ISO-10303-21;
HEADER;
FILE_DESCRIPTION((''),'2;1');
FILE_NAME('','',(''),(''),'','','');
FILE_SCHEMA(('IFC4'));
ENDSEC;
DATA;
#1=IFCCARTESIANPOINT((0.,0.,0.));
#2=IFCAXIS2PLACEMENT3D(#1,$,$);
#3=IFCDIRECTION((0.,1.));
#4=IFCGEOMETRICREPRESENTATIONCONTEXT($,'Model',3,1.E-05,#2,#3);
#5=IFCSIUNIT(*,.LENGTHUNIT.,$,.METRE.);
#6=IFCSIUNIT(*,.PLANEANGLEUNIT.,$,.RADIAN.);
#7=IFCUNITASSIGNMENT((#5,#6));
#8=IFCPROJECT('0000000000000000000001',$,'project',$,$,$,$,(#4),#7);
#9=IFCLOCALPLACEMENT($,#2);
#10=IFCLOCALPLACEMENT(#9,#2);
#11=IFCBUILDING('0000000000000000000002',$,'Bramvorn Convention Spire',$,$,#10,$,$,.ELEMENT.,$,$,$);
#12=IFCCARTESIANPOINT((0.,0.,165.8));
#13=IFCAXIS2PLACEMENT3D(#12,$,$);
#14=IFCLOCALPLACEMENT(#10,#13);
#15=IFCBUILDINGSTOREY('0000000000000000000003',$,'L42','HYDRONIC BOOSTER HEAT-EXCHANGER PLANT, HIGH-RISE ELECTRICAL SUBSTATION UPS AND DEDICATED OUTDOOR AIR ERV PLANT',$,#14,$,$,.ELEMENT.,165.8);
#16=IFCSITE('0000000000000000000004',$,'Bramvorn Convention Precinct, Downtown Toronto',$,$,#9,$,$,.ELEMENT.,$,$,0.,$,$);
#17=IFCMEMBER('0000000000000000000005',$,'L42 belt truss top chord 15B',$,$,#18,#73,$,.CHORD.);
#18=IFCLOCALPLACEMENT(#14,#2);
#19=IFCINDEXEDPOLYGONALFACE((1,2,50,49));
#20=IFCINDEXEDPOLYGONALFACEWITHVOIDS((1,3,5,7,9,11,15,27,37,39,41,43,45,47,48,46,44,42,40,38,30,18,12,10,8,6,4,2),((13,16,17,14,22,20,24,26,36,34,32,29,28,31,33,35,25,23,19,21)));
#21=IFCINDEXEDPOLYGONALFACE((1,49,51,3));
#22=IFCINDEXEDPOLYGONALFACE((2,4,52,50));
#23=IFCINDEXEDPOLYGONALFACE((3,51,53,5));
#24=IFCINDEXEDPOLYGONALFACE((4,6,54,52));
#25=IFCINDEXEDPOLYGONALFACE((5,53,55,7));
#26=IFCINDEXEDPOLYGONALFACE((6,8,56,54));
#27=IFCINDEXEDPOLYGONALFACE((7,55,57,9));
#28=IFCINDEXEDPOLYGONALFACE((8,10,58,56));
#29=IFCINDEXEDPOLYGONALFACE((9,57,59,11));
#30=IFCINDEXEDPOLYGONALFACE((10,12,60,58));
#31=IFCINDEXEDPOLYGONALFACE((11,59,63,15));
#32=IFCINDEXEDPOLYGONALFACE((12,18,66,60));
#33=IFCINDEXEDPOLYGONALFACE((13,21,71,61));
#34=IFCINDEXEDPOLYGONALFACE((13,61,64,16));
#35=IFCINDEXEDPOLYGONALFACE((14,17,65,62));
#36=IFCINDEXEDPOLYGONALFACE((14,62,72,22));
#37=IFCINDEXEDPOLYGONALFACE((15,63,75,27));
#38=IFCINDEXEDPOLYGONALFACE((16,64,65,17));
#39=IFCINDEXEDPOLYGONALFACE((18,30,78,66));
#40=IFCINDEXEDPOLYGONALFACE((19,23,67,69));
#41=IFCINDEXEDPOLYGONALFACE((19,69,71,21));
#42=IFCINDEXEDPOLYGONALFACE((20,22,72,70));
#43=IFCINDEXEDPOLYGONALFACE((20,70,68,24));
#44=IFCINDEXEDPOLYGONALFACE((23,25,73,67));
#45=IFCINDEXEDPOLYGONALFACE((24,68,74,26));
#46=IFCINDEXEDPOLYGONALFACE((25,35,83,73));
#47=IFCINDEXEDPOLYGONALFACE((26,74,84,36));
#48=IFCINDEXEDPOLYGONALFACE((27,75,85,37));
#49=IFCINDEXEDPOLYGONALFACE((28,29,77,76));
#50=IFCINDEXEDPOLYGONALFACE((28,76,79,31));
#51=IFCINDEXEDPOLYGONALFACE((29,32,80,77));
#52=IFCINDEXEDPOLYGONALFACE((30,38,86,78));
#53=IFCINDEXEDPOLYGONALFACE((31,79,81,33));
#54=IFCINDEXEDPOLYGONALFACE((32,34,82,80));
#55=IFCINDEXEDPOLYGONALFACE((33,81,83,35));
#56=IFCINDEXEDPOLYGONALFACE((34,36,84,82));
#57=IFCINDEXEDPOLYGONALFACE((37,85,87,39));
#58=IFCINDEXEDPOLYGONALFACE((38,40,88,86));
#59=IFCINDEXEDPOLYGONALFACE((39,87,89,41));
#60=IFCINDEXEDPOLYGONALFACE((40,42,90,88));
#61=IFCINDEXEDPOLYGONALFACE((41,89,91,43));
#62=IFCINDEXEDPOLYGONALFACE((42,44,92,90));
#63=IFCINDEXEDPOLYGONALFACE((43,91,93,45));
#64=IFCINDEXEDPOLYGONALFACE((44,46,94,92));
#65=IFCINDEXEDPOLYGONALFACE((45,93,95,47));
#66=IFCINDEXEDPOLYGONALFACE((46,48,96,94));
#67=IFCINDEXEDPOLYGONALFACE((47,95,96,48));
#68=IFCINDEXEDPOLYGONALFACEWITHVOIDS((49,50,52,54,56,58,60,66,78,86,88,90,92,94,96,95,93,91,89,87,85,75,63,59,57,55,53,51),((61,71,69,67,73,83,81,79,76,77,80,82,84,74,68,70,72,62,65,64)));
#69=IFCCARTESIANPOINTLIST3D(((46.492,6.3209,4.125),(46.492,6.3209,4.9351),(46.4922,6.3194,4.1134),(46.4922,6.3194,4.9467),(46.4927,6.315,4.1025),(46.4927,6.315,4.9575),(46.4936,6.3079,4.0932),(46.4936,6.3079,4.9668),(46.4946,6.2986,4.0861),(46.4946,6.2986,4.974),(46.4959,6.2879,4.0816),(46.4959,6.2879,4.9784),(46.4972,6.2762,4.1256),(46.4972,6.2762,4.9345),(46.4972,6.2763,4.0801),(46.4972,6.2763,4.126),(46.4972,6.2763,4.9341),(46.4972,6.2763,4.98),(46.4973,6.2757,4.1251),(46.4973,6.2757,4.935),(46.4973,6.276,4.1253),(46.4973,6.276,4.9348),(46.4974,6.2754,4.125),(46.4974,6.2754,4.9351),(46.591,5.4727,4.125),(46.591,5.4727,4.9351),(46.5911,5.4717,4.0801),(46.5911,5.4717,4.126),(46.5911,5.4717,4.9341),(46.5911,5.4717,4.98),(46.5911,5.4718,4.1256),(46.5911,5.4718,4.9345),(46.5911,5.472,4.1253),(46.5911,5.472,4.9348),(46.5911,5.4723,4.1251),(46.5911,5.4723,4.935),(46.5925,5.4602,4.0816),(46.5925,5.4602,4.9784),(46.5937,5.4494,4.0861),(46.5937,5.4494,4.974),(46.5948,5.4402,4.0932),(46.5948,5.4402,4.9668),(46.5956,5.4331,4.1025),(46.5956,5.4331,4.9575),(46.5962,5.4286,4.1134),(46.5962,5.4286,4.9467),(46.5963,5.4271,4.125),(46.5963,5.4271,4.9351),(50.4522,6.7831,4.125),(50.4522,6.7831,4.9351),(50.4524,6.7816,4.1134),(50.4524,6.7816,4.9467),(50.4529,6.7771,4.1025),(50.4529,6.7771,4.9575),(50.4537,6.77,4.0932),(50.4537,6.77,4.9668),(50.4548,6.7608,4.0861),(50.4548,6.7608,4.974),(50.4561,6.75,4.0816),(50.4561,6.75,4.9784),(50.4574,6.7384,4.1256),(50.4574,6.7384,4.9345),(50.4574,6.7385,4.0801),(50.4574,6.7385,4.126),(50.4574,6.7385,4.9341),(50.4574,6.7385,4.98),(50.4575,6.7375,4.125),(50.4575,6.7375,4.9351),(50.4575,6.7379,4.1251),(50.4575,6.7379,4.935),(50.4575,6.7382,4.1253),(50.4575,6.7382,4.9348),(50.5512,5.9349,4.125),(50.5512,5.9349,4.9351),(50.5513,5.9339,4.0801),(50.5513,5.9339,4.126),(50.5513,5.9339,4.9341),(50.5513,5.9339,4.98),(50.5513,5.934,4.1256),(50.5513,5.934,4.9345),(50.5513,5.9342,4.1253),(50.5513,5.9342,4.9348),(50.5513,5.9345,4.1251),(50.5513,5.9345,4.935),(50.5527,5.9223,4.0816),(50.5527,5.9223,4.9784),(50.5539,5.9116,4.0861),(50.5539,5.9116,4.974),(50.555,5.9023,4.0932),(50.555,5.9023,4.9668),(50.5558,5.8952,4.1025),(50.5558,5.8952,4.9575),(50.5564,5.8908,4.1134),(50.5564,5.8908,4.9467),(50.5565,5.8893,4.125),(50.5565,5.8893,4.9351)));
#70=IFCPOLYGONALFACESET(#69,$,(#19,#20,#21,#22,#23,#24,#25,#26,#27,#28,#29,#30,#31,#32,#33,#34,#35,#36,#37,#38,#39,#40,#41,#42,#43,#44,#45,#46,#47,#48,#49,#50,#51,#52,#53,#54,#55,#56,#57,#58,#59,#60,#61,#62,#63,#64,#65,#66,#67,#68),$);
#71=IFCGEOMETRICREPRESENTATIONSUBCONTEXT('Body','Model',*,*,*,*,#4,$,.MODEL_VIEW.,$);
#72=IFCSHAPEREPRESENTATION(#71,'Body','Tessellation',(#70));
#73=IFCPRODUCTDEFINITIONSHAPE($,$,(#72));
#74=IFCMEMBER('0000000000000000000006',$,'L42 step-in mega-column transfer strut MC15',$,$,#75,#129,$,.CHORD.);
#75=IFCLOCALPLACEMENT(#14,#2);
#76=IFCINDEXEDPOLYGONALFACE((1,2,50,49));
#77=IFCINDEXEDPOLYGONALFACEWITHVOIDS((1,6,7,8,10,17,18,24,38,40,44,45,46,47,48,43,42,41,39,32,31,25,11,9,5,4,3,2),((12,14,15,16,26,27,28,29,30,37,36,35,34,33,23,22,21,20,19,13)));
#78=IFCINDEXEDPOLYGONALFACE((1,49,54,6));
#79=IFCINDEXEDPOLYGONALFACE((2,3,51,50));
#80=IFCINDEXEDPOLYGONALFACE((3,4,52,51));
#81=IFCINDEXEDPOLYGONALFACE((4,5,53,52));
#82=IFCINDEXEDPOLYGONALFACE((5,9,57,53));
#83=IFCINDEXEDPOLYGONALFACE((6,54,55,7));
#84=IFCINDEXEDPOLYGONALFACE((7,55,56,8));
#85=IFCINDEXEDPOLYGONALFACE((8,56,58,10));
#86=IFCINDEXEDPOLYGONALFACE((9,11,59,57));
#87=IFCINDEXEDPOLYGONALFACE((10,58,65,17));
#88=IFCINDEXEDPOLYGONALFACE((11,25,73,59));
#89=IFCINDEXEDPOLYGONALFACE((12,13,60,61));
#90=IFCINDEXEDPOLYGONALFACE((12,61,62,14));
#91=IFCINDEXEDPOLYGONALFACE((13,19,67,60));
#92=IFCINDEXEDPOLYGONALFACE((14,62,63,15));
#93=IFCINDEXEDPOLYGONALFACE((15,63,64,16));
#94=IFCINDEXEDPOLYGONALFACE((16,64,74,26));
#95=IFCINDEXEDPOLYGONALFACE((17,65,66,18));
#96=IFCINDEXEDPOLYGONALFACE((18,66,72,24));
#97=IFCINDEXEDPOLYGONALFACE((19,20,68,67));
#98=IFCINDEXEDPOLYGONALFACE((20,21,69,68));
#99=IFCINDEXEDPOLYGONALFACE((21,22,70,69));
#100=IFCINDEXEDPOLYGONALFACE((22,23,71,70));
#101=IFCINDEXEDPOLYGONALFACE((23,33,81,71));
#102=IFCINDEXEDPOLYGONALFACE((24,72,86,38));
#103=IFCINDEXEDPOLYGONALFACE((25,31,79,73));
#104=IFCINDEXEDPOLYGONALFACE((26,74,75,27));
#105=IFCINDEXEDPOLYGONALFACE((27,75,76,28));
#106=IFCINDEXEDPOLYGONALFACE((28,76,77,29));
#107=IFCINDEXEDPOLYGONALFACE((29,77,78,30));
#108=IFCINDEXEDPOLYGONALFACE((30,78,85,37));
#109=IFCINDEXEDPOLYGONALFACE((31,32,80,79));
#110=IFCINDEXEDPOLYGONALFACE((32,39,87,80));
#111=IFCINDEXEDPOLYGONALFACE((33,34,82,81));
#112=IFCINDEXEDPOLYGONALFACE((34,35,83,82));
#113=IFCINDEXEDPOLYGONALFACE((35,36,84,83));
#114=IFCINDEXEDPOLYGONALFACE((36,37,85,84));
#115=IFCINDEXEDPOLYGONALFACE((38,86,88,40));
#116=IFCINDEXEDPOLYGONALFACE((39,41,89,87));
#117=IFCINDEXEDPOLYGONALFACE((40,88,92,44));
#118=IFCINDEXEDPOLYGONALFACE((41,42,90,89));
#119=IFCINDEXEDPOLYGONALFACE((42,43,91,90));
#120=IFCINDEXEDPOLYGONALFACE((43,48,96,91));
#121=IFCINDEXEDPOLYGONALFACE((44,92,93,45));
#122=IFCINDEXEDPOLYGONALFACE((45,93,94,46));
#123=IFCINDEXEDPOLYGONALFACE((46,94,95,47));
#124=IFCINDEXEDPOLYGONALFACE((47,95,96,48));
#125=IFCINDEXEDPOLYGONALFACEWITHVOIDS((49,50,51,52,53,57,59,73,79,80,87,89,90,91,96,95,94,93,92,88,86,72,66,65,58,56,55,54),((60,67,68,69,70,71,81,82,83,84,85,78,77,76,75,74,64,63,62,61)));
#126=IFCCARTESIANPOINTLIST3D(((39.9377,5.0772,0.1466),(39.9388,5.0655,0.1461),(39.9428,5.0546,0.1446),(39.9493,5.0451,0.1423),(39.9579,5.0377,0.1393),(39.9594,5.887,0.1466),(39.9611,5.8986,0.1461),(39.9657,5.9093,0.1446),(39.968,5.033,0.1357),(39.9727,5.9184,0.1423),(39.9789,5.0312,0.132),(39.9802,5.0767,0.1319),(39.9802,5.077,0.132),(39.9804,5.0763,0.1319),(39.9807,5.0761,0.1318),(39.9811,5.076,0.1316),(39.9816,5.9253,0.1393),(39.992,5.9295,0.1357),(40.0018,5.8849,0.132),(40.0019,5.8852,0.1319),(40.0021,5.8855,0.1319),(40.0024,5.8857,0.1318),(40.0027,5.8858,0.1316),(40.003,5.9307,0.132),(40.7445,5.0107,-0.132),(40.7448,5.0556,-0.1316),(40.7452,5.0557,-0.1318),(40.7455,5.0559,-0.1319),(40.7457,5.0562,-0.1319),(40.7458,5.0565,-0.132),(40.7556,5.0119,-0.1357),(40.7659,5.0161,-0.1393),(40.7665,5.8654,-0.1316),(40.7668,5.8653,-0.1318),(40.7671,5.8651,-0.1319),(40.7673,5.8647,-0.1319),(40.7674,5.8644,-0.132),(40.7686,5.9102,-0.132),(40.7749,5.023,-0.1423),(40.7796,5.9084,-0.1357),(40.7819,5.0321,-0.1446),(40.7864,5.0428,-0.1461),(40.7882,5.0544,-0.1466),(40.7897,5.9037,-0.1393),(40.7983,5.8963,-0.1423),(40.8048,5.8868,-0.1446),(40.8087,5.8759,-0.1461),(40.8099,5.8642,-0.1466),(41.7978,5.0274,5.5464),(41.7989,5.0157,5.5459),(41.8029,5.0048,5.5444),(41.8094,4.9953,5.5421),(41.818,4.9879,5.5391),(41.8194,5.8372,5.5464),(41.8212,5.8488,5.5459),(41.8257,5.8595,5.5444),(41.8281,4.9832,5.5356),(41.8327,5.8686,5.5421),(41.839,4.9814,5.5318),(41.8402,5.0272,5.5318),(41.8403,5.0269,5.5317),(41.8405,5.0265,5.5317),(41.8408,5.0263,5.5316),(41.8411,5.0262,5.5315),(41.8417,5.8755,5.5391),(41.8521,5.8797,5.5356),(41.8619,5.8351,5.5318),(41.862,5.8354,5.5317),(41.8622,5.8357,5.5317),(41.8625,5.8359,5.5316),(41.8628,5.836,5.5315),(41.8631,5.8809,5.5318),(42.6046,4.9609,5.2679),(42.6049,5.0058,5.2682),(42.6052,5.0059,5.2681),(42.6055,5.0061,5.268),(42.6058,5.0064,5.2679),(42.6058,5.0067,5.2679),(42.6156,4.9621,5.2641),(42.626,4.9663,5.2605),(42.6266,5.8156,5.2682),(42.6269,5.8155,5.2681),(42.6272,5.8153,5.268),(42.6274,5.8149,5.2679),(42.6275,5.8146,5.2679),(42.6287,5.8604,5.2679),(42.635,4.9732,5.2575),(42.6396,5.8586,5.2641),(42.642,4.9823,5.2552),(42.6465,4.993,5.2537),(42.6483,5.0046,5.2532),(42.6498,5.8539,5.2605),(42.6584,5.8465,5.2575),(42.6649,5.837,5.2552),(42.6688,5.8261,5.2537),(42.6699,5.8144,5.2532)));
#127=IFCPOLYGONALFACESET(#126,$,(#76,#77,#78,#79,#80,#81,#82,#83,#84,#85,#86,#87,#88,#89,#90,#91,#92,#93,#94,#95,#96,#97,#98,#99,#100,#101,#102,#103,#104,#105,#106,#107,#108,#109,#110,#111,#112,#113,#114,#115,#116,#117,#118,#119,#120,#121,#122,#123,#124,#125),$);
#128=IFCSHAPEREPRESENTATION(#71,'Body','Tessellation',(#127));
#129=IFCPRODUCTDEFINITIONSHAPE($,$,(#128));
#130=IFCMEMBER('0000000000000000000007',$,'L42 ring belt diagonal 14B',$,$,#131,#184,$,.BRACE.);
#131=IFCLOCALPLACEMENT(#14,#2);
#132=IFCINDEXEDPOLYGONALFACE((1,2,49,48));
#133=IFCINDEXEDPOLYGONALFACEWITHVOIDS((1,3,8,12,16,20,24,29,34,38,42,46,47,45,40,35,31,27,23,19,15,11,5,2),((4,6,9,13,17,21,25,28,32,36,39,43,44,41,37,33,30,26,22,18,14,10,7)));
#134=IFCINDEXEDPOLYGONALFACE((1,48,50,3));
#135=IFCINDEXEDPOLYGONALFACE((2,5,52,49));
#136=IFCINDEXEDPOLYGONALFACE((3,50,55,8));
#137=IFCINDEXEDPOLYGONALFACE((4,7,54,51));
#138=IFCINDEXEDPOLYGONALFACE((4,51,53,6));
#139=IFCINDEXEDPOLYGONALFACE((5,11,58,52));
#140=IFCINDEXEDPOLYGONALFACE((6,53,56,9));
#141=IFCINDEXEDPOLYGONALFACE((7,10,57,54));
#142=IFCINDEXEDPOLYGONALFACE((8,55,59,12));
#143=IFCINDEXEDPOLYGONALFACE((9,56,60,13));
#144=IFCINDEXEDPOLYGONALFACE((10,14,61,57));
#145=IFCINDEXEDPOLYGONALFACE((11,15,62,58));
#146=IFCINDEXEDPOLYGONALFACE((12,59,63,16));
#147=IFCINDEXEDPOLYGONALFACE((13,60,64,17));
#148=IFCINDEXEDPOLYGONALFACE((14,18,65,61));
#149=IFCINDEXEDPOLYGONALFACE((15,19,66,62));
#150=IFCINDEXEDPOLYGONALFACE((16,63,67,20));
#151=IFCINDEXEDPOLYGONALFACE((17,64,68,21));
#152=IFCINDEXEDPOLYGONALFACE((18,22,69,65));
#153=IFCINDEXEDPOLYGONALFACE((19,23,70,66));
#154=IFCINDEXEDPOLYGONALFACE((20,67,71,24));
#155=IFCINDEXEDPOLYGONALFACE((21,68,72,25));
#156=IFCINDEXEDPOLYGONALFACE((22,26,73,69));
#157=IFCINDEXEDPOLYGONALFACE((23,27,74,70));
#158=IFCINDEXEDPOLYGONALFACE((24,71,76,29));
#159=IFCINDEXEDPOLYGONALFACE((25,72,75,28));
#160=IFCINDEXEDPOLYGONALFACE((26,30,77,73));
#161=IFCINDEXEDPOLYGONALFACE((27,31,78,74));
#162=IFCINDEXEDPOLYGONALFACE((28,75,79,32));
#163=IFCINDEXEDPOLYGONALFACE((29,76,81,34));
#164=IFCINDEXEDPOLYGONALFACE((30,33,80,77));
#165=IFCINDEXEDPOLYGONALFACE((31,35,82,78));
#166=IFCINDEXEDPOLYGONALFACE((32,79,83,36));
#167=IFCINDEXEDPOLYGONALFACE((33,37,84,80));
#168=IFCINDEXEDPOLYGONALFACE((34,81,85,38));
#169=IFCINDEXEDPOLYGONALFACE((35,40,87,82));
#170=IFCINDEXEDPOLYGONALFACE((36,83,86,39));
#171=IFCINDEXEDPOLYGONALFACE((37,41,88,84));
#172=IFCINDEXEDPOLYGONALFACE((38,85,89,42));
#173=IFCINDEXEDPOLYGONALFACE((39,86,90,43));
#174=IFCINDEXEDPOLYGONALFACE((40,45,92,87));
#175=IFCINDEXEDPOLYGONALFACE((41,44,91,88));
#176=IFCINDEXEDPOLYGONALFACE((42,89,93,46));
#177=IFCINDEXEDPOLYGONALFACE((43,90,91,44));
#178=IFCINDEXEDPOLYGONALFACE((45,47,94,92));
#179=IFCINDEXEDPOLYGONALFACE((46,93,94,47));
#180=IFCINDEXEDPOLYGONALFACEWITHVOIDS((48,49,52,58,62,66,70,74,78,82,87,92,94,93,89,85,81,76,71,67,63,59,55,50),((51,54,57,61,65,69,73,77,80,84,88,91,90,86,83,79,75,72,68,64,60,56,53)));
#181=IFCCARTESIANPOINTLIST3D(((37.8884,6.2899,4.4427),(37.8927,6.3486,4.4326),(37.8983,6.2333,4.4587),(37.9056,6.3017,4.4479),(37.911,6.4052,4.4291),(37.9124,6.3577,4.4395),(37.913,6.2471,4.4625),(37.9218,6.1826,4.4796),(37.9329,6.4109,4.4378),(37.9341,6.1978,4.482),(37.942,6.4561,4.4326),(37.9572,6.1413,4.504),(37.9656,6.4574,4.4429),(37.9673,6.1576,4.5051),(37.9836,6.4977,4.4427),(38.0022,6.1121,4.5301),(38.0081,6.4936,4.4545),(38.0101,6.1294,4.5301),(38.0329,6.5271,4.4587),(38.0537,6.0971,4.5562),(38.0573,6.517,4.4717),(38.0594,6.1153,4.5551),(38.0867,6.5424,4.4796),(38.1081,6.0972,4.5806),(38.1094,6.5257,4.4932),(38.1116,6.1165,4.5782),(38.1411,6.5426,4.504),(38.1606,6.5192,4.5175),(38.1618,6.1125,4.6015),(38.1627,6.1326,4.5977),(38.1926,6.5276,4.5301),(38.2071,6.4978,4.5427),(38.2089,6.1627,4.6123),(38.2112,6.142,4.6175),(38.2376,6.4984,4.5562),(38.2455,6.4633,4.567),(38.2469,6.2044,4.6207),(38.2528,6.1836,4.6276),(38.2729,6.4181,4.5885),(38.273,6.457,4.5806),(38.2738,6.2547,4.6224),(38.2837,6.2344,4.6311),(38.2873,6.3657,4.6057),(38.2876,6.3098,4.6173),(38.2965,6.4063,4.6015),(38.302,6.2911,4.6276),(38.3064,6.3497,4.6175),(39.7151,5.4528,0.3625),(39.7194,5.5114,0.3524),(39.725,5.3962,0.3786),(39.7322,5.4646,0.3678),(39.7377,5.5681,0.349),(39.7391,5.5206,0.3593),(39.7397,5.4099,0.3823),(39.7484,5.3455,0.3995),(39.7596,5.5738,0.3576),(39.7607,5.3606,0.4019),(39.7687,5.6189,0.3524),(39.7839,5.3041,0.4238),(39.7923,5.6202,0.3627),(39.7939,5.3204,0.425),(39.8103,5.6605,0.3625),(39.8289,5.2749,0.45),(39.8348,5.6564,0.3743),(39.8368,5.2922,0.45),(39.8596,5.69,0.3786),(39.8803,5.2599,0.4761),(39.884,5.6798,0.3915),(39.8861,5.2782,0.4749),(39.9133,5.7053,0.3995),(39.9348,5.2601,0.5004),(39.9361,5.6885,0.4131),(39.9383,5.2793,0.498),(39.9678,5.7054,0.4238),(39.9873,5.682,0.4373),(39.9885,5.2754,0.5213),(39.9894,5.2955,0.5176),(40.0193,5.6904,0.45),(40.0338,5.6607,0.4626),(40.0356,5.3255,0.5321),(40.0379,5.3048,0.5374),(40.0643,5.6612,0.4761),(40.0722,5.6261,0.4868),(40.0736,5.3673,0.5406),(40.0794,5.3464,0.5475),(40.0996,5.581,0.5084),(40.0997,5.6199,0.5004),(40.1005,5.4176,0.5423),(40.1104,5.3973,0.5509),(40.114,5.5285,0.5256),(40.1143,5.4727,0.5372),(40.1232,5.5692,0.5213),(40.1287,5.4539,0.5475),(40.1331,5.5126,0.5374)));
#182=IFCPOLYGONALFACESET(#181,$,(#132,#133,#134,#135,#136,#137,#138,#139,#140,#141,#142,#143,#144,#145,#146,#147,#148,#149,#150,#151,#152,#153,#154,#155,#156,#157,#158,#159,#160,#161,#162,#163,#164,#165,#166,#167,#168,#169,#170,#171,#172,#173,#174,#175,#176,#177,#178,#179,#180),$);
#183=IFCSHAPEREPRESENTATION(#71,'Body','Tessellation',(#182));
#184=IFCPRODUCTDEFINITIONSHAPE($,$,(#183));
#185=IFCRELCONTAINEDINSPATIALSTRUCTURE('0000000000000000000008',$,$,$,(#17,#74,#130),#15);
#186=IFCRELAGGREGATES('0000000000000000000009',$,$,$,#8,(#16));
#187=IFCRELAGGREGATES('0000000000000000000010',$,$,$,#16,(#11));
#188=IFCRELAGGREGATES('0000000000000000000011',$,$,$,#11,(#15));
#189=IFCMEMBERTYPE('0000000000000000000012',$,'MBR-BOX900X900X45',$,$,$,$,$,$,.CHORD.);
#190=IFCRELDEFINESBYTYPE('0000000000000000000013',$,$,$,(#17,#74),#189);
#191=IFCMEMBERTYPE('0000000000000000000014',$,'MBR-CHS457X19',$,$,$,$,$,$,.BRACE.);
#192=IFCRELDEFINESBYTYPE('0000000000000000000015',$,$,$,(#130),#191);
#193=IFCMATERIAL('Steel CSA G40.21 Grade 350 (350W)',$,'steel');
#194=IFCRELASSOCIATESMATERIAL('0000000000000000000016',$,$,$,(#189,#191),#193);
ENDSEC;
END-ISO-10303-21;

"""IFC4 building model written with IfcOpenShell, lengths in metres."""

from ifc_helpers import new_model, si_unit, direction, frame, origin, origin_2d, place, context, subcontext, project, spatial, hollow_rectangle, hollow_circle, extrude, material, material_profile, profile_set, type_object, element, save


model = new_model("IFC4")

# Units and contexts
model_context = context("Model", 3, precision=1e-05, world=origin(), true_north=direction((0.0, 1.0)))
body_context = subcontext(model_context, "Body", "Model", "MODEL_VIEW")
ifc_project = project(units=[si_unit("LENGTHUNIT", "METRE"), si_unit("PLANEANGLEUNIT", "RADIAN")], contexts=[model_context])

# Site, building, storey
site_placement = place(None, origin())
site = spatial("IfcSite", under=ifc_project, at=site_placement, Name="Bramvorn Convention Precinct, Downtown Toronto", CompositionType="ELEMENT", RefElevation=0.0)
building_placement = place(site_placement, origin())
building = spatial("IfcBuilding", under=site, at=building_placement, Name="Bramvorn Convention Spire", CompositionType="ELEMENT")
storey_placement = place(building_placement, frame((0.0, 0.0, 165.8)))
storey = spatial("IfcBuildingStorey", under=building, at=storey_placement, Name="L42", Description="HYDRONIC BOOSTER HEAT-EXCHANGER PLANT, HIGH-RISE ELECTRICAL SUBSTATION UPS AND DEDICATED OUTDOOR AIR ERV PLANT", CompositionType="ELEMENT", Elevation=165.8)

# Shared definitions
ifc_material_1 = material(Name="Steel CSA G40.21 Grade 350 (350W)", Category="steel")

# Members
ifc_material_profile_1 = material_profile(ifc_material_1, hollow_rectangle(XDim=0.8999, YDim=0.8999, WallThickness=0.0449, InnerFilletRadius=0.001, OuterFilletRadius=0.0449, at=origin_2d()))
ifc_profile_set_1 = profile_set([ifc_material_profile_1], Name="Steel CSA G40.21 Grade 350 (350W) - BOX900X900X45")
member_type_1 = type_object("IfcMemberType", Name="MBR-BOX900X900X45", PredefinedType="CHORD", material=ifc_profile_set_1)
member_1_placement = place(storey_placement, frame((46.5442, 5.874, 4.53), z_axis=(0.993259, 0.115914, 0.0), x_axis=(-0.115914, 0.993259, 0.0)))
element("IfcMember", 1, at=member_1_placement, inside=storey, type_object=member_type_1, Name="L42 belt truss top chord 15B", PredefinedType="CHORD", context=body_context, shape_type="SweptSolid", body=[
    extrude(hollow_rectangle(XDim=0.8999, YDim=0.8999, WallThickness=0.0449, InnerFilletRadius=0.001, OuterFilletRadius=0.0449, at=origin_2d()), origin(), (0.0, 0.0, 1.0), 3.9871),
])
member_2_placement = place(storey_placement, frame((40.3738, 5.4707, 0.0), z_axis=(0.325677, -0.00872, 0.945441), x_axis=(0.026766, 0.999642, 0.0)))
element("IfcMember", 2, at=member_2_placement, inside=storey, type_object=member_type_1, Name="L42 step-in mega-column transfer strut MC15", PredefinedType="CHORD", context=body_context, shape_type="SweptSolid", body=[
    extrude(hollow_rectangle(XDim=0.8999, YDim=0.8999, WallThickness=0.0449, InnerFilletRadius=0.001, OuterFilletRadius=0.0449, at=origin_2d()), origin(), (0.0, 0.0, 1.0), 5.7114),
])
ifc_material_profile_2 = material_profile(ifc_material_1, hollow_circle(Radius=0.2285, WallThickness=0.019, at=origin_2d()))
ifc_profile_set_2 = profile_set([ifc_material_profile_2], Name="Steel CSA G40.21 Grade 350 (350W) - CHS457X19")
member_type_2 = type_object("IfcMemberType", Name="MBR-CHS457X19", PredefinedType="BRACE", material=ifc_profile_set_2)
member_3_placement = place(storey_placement, frame((39.9241, 5.4827, 0.45), z_axis=(-0.401638, 0.184071, 0.897109), x_axis=(-0.41663, -0.909076, 0.0)))
element("IfcMember", 3, at=member_3_placement, inside=storey, type_object=member_type_2, Name="L42 ring belt diagonal 14B", PredefinedType="BRACE", context=body_context, shape_type="SweptSolid", body=[
    extrude(hollow_circle(Radius=0.2285, WallThickness=0.019, at=origin_2d()), origin(), (0.0, 0.0, 1.0), 4.5481),
])

save(model, "model.ifc")
